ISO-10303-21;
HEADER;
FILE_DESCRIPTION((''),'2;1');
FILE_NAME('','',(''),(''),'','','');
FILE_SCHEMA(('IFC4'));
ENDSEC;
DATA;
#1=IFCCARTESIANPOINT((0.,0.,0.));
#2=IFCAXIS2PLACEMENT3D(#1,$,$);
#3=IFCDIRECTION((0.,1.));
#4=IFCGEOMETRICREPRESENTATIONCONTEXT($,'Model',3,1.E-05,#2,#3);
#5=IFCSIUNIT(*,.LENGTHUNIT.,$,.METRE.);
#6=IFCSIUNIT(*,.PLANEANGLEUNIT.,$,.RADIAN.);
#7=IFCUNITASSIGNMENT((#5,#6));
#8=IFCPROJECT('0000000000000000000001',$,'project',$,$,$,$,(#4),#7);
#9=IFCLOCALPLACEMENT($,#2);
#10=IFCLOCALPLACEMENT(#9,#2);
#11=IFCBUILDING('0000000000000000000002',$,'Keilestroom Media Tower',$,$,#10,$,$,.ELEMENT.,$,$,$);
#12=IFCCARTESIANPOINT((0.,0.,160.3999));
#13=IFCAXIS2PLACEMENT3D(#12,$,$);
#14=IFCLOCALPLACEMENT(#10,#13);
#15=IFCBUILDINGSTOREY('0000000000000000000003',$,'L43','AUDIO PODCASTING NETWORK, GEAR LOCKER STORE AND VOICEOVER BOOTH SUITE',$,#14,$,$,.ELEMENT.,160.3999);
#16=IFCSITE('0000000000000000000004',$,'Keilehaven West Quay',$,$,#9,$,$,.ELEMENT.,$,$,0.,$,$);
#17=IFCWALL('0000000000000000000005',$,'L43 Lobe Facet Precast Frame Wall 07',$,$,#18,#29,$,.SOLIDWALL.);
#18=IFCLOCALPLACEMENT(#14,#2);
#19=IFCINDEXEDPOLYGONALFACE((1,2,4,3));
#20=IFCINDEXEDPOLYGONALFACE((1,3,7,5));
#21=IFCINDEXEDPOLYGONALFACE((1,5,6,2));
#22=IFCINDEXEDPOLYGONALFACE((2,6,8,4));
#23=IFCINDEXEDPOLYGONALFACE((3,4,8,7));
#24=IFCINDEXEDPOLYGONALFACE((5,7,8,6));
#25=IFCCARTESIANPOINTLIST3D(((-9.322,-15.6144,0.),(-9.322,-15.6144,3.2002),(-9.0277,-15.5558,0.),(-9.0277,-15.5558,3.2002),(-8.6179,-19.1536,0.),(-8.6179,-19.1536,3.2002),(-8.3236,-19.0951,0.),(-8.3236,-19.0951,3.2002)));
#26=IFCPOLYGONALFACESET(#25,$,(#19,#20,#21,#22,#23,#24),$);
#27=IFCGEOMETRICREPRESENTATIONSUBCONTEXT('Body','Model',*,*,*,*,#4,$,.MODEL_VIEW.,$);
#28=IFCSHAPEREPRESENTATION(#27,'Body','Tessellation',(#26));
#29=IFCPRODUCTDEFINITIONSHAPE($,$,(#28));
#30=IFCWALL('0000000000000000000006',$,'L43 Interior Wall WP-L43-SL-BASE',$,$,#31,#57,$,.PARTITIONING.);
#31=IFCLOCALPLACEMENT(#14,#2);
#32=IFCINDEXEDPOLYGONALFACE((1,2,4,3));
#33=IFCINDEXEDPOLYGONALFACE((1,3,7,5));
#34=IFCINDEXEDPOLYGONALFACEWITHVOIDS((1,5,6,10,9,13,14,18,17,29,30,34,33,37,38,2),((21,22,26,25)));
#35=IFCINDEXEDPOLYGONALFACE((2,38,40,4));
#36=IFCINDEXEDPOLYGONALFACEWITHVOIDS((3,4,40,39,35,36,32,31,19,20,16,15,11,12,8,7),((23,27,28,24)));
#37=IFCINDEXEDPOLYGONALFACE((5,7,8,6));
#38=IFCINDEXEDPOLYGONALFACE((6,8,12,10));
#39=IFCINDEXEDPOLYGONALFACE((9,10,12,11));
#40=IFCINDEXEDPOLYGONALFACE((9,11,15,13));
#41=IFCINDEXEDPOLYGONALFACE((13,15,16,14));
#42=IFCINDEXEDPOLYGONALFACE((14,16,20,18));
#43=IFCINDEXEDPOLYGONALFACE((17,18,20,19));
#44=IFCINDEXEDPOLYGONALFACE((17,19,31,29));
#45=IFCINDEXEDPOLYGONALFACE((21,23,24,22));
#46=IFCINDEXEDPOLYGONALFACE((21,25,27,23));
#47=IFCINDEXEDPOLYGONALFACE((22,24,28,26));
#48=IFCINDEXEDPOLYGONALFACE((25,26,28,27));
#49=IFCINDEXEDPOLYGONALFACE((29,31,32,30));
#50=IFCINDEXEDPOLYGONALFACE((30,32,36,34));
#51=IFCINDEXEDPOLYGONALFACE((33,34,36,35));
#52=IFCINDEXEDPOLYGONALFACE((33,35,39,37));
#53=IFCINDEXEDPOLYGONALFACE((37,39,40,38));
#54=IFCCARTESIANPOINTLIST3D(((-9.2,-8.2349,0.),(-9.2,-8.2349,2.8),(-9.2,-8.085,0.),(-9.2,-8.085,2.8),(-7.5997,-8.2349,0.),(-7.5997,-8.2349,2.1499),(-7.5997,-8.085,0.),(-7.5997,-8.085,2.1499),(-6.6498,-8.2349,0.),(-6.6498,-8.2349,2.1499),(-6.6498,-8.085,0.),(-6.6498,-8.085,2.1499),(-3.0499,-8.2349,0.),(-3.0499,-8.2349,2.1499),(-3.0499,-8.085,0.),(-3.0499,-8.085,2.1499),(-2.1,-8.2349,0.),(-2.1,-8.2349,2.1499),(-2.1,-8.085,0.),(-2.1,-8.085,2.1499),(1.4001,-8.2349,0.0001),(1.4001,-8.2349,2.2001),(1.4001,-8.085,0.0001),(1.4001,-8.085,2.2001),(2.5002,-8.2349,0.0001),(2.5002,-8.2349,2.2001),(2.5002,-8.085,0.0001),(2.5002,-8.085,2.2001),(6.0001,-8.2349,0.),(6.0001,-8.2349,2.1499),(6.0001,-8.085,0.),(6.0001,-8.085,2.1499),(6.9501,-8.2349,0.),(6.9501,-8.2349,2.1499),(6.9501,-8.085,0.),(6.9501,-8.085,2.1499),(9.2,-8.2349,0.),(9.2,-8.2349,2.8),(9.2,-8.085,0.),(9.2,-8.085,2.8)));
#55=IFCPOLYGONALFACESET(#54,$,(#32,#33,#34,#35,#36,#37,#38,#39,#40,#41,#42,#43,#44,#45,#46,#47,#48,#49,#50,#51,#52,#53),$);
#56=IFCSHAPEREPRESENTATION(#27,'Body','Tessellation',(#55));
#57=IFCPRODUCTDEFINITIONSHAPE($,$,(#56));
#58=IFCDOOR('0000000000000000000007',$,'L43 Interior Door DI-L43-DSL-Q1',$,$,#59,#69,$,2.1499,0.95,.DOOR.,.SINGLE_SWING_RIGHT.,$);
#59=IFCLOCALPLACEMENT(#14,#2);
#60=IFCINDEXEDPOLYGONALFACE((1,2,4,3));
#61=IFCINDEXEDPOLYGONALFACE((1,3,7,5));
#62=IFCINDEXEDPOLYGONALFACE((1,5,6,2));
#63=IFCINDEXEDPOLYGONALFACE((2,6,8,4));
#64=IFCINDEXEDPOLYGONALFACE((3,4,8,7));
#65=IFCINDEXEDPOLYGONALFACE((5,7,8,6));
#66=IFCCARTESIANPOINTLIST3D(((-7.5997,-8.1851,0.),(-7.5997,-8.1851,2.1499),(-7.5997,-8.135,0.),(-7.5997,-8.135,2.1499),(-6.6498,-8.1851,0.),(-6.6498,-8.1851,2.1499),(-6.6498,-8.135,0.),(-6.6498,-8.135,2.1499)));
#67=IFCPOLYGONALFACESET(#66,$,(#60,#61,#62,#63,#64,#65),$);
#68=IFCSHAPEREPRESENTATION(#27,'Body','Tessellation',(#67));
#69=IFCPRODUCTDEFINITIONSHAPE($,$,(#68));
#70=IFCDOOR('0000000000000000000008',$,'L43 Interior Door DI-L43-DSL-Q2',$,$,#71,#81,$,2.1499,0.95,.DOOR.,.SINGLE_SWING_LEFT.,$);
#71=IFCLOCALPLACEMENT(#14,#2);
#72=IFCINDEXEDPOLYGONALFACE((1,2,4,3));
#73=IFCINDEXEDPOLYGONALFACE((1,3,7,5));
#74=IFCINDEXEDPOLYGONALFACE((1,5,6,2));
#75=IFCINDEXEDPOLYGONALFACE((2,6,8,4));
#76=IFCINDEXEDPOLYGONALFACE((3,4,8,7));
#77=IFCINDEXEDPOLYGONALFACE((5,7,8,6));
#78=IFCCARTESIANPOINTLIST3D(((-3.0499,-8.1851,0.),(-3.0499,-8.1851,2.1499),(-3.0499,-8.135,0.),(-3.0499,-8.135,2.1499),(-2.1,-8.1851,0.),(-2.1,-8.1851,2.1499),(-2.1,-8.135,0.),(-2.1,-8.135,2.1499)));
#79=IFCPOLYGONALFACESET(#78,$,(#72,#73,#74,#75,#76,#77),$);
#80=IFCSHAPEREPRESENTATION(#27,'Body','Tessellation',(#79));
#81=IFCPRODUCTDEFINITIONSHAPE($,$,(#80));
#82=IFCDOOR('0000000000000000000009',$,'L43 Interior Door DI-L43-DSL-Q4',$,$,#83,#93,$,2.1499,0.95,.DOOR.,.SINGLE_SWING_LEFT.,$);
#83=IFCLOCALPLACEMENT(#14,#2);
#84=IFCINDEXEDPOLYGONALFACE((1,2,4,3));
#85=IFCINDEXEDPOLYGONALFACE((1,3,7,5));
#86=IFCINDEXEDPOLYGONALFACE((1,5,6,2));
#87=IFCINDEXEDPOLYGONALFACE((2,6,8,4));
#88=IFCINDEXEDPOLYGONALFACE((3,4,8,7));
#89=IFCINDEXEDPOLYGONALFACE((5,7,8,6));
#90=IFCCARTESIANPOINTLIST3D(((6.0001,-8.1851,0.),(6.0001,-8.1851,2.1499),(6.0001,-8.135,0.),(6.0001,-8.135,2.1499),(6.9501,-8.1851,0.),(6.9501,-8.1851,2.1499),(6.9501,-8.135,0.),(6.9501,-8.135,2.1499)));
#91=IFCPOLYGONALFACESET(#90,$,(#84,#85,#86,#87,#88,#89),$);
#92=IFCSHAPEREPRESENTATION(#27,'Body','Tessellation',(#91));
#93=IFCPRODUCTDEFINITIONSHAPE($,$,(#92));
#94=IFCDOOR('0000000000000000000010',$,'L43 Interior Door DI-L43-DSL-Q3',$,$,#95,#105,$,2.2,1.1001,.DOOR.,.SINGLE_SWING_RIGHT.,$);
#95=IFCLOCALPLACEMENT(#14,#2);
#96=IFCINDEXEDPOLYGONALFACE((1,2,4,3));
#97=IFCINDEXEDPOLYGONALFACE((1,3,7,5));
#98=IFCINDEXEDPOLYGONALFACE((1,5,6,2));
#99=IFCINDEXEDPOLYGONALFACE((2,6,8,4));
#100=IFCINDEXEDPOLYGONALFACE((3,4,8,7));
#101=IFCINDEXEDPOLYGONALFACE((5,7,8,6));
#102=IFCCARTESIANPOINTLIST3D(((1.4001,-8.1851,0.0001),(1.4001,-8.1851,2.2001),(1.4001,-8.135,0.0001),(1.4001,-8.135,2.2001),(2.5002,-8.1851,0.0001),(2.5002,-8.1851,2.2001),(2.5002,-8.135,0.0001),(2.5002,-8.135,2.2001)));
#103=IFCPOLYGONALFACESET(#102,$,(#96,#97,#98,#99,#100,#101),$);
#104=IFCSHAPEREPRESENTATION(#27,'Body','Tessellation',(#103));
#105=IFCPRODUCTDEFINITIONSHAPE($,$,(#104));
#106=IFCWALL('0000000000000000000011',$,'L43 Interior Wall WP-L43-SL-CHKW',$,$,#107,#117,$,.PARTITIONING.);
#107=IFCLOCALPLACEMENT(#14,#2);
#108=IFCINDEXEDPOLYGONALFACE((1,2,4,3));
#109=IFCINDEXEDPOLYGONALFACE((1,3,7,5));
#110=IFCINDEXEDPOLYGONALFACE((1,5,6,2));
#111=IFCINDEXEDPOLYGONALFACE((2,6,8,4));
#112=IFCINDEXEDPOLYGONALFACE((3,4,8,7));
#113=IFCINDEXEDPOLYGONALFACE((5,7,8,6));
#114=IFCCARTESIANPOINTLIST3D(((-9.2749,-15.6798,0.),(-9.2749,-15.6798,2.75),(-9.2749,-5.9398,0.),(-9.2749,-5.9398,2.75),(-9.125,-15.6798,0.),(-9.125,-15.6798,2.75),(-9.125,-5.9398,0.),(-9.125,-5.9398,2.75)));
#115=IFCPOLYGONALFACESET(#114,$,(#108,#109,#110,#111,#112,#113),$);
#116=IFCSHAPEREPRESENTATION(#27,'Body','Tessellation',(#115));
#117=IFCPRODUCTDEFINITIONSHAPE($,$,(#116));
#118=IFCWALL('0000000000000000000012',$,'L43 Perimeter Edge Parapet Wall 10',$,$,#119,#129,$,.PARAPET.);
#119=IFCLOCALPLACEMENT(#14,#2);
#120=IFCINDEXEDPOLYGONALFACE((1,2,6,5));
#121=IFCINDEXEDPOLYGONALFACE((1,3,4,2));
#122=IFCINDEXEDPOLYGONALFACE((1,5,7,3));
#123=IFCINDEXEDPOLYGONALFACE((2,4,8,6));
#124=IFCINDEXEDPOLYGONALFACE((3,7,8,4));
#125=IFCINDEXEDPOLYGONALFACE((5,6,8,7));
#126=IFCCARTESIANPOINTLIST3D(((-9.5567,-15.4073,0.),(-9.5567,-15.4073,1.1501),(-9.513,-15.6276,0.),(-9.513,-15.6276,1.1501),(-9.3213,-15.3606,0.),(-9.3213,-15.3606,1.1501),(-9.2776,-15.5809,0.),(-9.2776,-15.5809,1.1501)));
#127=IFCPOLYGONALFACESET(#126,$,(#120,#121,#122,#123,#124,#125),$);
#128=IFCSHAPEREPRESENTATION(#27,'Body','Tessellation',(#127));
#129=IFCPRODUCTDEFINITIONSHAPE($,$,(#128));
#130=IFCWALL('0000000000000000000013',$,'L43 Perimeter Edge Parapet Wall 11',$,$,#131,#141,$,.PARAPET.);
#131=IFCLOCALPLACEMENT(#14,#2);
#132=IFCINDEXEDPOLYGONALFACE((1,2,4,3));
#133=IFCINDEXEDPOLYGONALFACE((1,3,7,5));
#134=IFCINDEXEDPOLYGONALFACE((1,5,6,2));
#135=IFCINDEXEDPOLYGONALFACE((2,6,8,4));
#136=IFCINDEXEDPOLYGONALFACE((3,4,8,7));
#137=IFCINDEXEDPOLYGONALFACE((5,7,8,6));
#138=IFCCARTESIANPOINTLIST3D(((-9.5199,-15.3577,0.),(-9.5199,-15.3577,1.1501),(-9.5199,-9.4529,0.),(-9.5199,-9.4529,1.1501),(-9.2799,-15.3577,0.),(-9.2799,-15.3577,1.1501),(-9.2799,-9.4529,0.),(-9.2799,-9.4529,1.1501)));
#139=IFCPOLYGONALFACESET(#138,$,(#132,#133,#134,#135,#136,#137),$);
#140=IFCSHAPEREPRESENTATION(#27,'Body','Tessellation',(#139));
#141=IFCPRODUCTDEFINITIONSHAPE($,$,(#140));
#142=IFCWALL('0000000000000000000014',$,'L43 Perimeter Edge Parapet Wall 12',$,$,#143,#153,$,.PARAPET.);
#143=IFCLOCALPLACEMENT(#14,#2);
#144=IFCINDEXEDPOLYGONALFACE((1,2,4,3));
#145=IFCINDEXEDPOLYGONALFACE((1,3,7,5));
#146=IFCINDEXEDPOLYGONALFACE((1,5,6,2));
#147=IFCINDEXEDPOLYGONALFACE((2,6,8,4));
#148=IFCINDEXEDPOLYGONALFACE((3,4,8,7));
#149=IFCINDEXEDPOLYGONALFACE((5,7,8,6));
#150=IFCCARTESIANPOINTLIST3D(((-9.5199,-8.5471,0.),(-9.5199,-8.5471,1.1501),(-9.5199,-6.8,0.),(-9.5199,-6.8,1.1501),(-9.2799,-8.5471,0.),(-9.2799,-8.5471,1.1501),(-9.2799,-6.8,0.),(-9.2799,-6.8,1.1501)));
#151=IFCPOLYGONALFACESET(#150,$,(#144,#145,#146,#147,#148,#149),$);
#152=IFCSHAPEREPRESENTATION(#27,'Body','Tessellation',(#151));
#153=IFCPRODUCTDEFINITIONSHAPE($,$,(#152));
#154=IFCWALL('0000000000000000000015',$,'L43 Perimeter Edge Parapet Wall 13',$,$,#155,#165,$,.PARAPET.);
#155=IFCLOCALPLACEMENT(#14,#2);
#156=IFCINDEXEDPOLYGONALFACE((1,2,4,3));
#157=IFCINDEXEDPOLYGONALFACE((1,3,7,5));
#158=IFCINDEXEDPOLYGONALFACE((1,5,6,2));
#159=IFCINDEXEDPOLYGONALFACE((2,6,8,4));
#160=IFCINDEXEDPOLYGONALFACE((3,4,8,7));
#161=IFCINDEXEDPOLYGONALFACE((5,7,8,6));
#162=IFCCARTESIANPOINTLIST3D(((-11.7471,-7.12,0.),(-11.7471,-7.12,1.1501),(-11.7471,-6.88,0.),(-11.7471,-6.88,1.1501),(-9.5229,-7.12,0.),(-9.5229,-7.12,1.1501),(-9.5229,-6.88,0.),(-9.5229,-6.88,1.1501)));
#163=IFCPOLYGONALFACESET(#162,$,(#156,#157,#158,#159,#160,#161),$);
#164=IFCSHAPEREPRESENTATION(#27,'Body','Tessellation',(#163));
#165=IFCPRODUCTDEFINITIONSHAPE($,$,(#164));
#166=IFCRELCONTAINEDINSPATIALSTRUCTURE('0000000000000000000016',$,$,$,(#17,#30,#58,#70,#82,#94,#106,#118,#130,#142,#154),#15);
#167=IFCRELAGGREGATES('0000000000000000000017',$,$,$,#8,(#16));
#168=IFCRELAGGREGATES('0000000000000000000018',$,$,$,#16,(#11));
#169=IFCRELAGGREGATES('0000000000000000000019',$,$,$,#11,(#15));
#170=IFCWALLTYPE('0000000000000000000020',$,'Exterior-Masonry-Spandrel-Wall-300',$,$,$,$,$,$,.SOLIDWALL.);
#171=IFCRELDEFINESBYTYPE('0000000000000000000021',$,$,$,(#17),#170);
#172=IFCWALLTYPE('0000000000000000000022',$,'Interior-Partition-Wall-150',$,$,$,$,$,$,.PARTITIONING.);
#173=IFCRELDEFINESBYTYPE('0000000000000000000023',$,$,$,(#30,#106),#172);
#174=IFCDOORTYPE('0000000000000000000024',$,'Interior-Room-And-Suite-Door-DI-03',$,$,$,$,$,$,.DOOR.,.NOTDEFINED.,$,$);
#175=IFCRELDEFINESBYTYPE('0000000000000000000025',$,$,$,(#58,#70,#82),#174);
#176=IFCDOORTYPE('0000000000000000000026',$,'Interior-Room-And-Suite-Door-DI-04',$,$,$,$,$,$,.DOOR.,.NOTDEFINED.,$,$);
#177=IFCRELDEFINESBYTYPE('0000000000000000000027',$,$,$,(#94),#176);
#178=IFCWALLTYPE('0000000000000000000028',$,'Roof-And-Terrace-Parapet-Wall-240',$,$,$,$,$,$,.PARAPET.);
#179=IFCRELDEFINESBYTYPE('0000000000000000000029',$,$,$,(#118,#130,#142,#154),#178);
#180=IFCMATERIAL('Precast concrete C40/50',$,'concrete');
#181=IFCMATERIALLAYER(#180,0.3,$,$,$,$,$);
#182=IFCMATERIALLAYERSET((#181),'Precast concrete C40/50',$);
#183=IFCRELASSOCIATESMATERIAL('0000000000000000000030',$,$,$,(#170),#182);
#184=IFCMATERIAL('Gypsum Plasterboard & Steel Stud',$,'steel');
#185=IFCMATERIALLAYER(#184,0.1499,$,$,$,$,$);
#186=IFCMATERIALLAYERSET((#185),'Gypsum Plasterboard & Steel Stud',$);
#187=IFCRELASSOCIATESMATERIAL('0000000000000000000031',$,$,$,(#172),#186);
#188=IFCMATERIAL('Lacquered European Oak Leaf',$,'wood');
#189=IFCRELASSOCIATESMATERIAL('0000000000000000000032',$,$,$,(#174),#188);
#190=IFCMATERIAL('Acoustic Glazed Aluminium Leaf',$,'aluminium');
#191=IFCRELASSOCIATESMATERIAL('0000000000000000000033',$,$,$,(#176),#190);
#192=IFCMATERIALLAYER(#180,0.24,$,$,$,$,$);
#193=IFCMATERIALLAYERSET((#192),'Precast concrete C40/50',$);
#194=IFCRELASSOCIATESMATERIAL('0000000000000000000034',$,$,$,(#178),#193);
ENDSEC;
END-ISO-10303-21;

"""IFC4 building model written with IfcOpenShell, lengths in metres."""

from ifc_helpers import new_model, si_unit, direction, frame, frame_2d, origin, place, context, subcontext, project, spatial, rectangle, extrude, source, transform, mapped, material, layer, layer_set, type_object, element, fill, save


model = new_model("IFC4")

# Units and contexts
model_context = context("Model", 3, precision=1e-05, world=origin(), true_north=direction((0.0, 1.0)))
body_context = subcontext(model_context, "Body", "Model", "MODEL_VIEW")
ifc_project = project(units=[si_unit("LENGTHUNIT", "METRE"), si_unit("PLANEANGLEUNIT", "RADIAN")], contexts=[model_context])

# Site, building, storey
site_placement = place(None, origin())
site = spatial("IfcSite", under=ifc_project, at=site_placement, Name="Keilehaven West Quay", CompositionType="ELEMENT", RefElevation=0.0)
building_placement = place(site_placement, origin())
building = spatial("IfcBuilding", under=site, at=building_placement, Name="Keilestroom Media Tower", CompositionType="ELEMENT")
storey_placement = place(building_placement, frame((0.0, 0.0, 160.3999)))
storey = spatial("IfcBuildingStorey", under=building, at=storey_placement, Name="L43", Description="AUDIO PODCASTING NETWORK, GEAR LOCKER STORE AND VOICEOVER BOOTH SUITE", CompositionType="ELEMENT", Elevation=160.3999)

# Shared definitions
ifc_material_1 = material(Name="Precast concrete C40/50", Category="concrete")

# Wall
ifc_layer_1 = layer(ifc_material_1, 0.3)
ifc_layer_set_1 = layer_set([ifc_layer_1], Name="Precast concrete C40/50")
wall_type_1 = type_object("IfcWallType", Name="Exterior-Masonry-Spandrel-Wall-300", PredefinedType="SOLIDWALL", material=ifc_layer_set_1)
wall_1_placement = place(storey_placement, frame((-9.1748, -15.5852, 0.0), z_axis=(0.0, 0.0, 1.0), x_axis=(0.195114, -0.980781, 0.0)))
element("IfcWall", 1, at=wall_1_placement, inside=storey, type_object=wall_type_1, Name="L43 Lobe Facet Precast Frame Wall 07", PredefinedType="SOLIDWALL", context=body_context, shape_type="SweptSolid", body=[
    extrude(rectangle(XDim=3.6086, YDim=0.3, at=frame_2d((1.8042, 0.0))), origin(), (0.0, 0.0, 1.0), 3.2002),
])

# Wall, openings, doors
ifc_material_2 = material(Name="Gypsum Plasterboard & Steel Stud", Category="steel")
ifc_layer_2 = layer(ifc_material_2, 0.1499)
ifc_layer_set_2 = layer_set([ifc_layer_2], Name="Gypsum Plasterboard & Steel Stud")
wall_type_2 = type_object("IfcWallType", Name="Interior-Partition-Wall-150", PredefinedType="PARTITIONING", material=ifc_layer_set_2)
wall_2_placement = place(storey_placement, frame((-9.2, -8.1599, 0.0), z_axis=(0.0, 0.0, 1.0), x_axis=(1.0, 0.0, 0.0)))
wall_2 = element("IfcWall", 2, at=wall_2_placement, inside=storey, type_object=wall_type_2, Name="L43 Interior Wall WP-L43-SL-BASE", PredefinedType="PARTITIONING", context=body_context, shape_type="SweptSolid", body=[
    extrude(rectangle(XDim=18.3999, YDim=0.1499, at=frame_2d((9.2, 0.0))), origin(), (0.0, 0.0, 1.0), 2.8),
])
opening_1_placement = place(wall_2_placement, frame((1.6001, 0.0, 0.0)))
opening_1 = element("IfcOpeningElement", 3, at=opening_1_placement, cuts=wall_2, PredefinedType="OPENING", context=body_context, shape_type="SweptSolid", body=[
    extrude(rectangle(XDim=0.95, YDim=2.1499, at=frame_2d((0.4751, 1.075))), frame((0.0, 0.085, 0.0), z_axis=(0.0, -1.0, 0.0), x_axis=(1.0, 0.0, 0.0)), (0.0, 0.0, 1.0), 0.1699),
])
opening_2_placement = place(wall_2_placement, frame((6.1499, 0.0, 0.0)))
opening_2 = element("IfcOpeningElement", 4, at=opening_2_placement, cuts=wall_2, PredefinedType="OPENING", context=body_context, shape_type="SweptSolid", body=[
    extrude(rectangle(XDim=0.95, YDim=2.1499, at=frame_2d((0.4751, 1.075))), frame((0.0, 0.085, 0.0), z_axis=(0.0, -1.0, 0.0), x_axis=(1.0, 0.0, 0.0)), (0.0, 0.0, 1.0), 0.1699),
])
opening_3_placement = place(wall_2_placement, frame((10.6001, 0.0, 0.0)))
opening_3 = element("IfcOpeningElement", 5, at=opening_3_placement, cuts=wall_2, PredefinedType="OPENING", context=body_context, shape_type="SweptSolid", body=[
    extrude(rectangle(XDim=1.1001, YDim=2.2, at=frame_2d((0.55, 1.1001))), frame((0.0, 0.085, 0.0), z_axis=(0.0, -1.0, 0.0), x_axis=(1.0, 0.0, 0.0)), (0.0, 0.0, 1.0), 0.1699),
])
opening_4_placement = place(wall_2_placement, frame((15.2, 0.0, 0.0)))
opening_4 = element("IfcOpeningElement", 6, at=opening_4_placement, cuts=wall_2, PredefinedType="OPENING", context=body_context, shape_type="SweptSolid", body=[
    extrude(rectangle(XDim=0.95, YDim=2.1499, at=frame_2d((0.4751, 1.075))), frame((0.0, 0.085, 0.0), z_axis=(0.0, -1.0, 0.0), x_axis=(1.0, 0.0, 0.0)), (0.0, 0.0, 1.0), 0.1699),
])
ifc_material_3 = material(Name="Lacquered European Oak Leaf", Category="wood")
door_type_1 = type_object("IfcDoorType", Name="Interior-Room-And-Suite-Door-DI-03", OperationType="NOTDEFINED", PredefinedType="DOOR", material=ifc_material_3)
shared_shape_1 = source(origin(), body_context, "Body", "SweptSolid", [
    extrude(rectangle(XDim=0.95, YDim=2.1499, at=frame_2d((0.4751, 1.075))), frame((0.0, 0.0249, 0.0), z_axis=(0.0, -1.0, 0.0), x_axis=(1.0, 0.0, 0.0)), (0.0, 0.0, 1.0), 0.05),
])
door_1_placement = place(opening_1_placement, origin())
door_1 = element("IfcDoor", 7, at=door_1_placement, inside=storey, type_object=door_type_1, Name="L43 Interior Door DI-L43-DSL-Q1", OperationType="SINGLE_SWING_RIGHT", OverallHeight=2.1499, OverallWidth=0.95, PredefinedType="DOOR", context=body_context, shape_type="MappedRepresentation", body=[
    mapped(shared_shape_1, transform((0.0, 0.0, 0.0), x_axis=(1.0, 0.0, 0.0), y_axis=(0.0, 1.0, 0.0), z_axis=(0.0, 0.0, 1.0), scale=1.0)),
])
fill(opening_1, door_1)
door_2_placement = place(opening_2_placement, origin())
door_2 = element("IfcDoor", 8, at=door_2_placement, inside=storey, type_object=door_type_1, Name="L43 Interior Door DI-L43-DSL-Q2", OperationType="SINGLE_SWING_LEFT", OverallHeight=2.1499, OverallWidth=0.95, PredefinedType="DOOR", context=body_context, shape_type="MappedRepresentation", body=[
    mapped(shared_shape_1, transform((0.0, 0.0, 0.0), x_axis=(1.0, 0.0, 0.0), y_axis=(0.0, 1.0, 0.0), z_axis=(0.0, 0.0, 1.0), scale=1.0)),
])
fill(opening_2, door_2)
door_3_placement = place(opening_4_placement, origin())
door_3 = element("IfcDoor", 9, at=door_3_placement, inside=storey, type_object=door_type_1, Name="L43 Interior Door DI-L43-DSL-Q4", OperationType="SINGLE_SWING_LEFT", OverallHeight=2.1499, OverallWidth=0.95, PredefinedType="DOOR", context=body_context, shape_type="MappedRepresentation", body=[
    mapped(shared_shape_1, transform((0.0, 0.0, 0.0), x_axis=(1.0, 0.0, 0.0), y_axis=(0.0, 1.0, 0.0), z_axis=(0.0, 0.0, 1.0), scale=1.0)),
])
fill(opening_4, door_3)
ifc_material_4 = material(Name="Acoustic Glazed Aluminium Leaf", Category="aluminium")
door_type_2 = type_object("IfcDoorType", Name="Interior-Room-And-Suite-Door-DI-04", OperationType="NOTDEFINED", PredefinedType="DOOR", material=ifc_material_4)
shared_shape_2 = source(origin(), body_context, "Body", "SweptSolid", [
    extrude(rectangle(XDim=1.1001, YDim=2.2, at=frame_2d((0.55, 1.1001))), frame((0.0, 0.0249, 0.0), z_axis=(0.0, -1.0, 0.0), x_axis=(1.0, 0.0, 0.0)), (0.0, 0.0, 1.0), 0.05),
])
door_4_placement = place(opening_3_placement, origin())
door_4 = element("IfcDoor", 10, at=door_4_placement, inside=storey, type_object=door_type_2, Name="L43 Interior Door DI-L43-DSL-Q3", OperationType="SINGLE_SWING_RIGHT", OverallHeight=2.2, OverallWidth=1.1001, PredefinedType="DOOR", context=body_context, shape_type="MappedRepresentation", body=[
    mapped(shared_shape_2, transform((0.0, 0.0, 0.0), x_axis=(1.0, 0.0, 0.0), y_axis=(0.0, 1.0, 0.0), z_axis=(0.0, 0.0, 1.0), scale=1.0)),
])
fill(opening_3, door_4)

# Walls
wall_3_placement = place(storey_placement, frame((-9.2, -15.6799, 0.0), z_axis=(0.0, 0.0, 1.0), x_axis=(0.0, 1.0, 0.0)))
element("IfcWall", 11, at=wall_3_placement, inside=storey, type_object=wall_type_2, Name="L43 Interior Wall WP-L43-SL-CHKW", PredefinedType="PARTITIONING", context=body_context, shape_type="SweptSolid", body=[
    extrude(rectangle(XDim=9.74, YDim=0.1499, at=frame_2d((4.8701, 0.0))), origin(), (0.0, 0.0, 1.0), 2.75),
])
ifc_layer_3 = layer(ifc_material_1, 0.24)
ifc_layer_set_3 = layer_set([ifc_layer_3], Name="Precast concrete C40/50")
wall_type_3 = type_object("IfcWallType", Name="Roof-And-Terrace-Parapet-Wall-240", PredefinedType="PARAPET", material=ifc_layer_set_3)
wall_4_placement = place(storey_placement, frame((-9.3953, -15.6042, 0.0), z_axis=(0.0, 0.0, 1.0), x_axis=(-0.194652, 0.980872, 0.0)))
element("IfcWall", 12, at=wall_4_placement, inside=storey, type_object=wall_type_3, Name="L43 Perimeter Edge Parapet Wall 10", PredefinedType="PARAPET", context=body_context, shape_type="SweptSolid", body=[
    extrude(rectangle(XDim=0.2246, YDim=0.24, at=frame_2d((0.1123, 0.0))), origin(), (0.0, 0.0, 1.0), 1.1501),
])
wall_5_placement = place(storey_placement, frame((-9.3999, -15.3577, 0.0), z_axis=(0.0, 0.0, 1.0), x_axis=(0.0, 1.0, 0.0)))
element("IfcWall", 13, at=wall_5_placement, inside=storey, type_object=wall_type_3, Name="L43 Perimeter Edge Parapet Wall 11", PredefinedType="PARAPET", context=body_context, shape_type="SweptSolid", body=[
    extrude(rectangle(XDim=5.9048, YDim=0.24, at=frame_2d((2.9524, 0.0))), origin(), (0.0, 0.0, 1.0), 1.1501),
])
wall_6_placement = place(storey_placement, frame((-9.3999, -8.5471, 0.0), z_axis=(0.0, 0.0, 1.0), x_axis=(0.0, 1.0, 0.0)))
element("IfcWall", 14, at=wall_6_placement, inside=storey, type_object=wall_type_3, Name="L43 Perimeter Edge Parapet Wall 12", PredefinedType="PARAPET", context=body_context, shape_type="SweptSolid", body=[
    extrude(rectangle(XDim=1.7471, YDim=0.24, at=frame_2d((0.8735, 0.0))), origin(), (0.0, 0.0, 1.0), 1.1501),
])
wall_7_placement = place(storey_placement, frame((-9.5229, -7.0, 0.0), z_axis=(0.0, 0.0, 1.0), x_axis=(-1.0, 0.0, 0.0)))
element("IfcWall", 15, at=wall_7_placement, inside=storey, type_object=wall_type_3, Name="L43 Perimeter Edge Parapet Wall 13", PredefinedType="PARAPET", context=body_context, shape_type="SweptSolid", body=[
    extrude(rectangle(XDim=2.2241, YDim=0.24, at=frame_2d((1.1121, 0.0))), origin(), (0.0, 0.0, 1.0), 1.1501),
])

save(model, "model.ifc")
